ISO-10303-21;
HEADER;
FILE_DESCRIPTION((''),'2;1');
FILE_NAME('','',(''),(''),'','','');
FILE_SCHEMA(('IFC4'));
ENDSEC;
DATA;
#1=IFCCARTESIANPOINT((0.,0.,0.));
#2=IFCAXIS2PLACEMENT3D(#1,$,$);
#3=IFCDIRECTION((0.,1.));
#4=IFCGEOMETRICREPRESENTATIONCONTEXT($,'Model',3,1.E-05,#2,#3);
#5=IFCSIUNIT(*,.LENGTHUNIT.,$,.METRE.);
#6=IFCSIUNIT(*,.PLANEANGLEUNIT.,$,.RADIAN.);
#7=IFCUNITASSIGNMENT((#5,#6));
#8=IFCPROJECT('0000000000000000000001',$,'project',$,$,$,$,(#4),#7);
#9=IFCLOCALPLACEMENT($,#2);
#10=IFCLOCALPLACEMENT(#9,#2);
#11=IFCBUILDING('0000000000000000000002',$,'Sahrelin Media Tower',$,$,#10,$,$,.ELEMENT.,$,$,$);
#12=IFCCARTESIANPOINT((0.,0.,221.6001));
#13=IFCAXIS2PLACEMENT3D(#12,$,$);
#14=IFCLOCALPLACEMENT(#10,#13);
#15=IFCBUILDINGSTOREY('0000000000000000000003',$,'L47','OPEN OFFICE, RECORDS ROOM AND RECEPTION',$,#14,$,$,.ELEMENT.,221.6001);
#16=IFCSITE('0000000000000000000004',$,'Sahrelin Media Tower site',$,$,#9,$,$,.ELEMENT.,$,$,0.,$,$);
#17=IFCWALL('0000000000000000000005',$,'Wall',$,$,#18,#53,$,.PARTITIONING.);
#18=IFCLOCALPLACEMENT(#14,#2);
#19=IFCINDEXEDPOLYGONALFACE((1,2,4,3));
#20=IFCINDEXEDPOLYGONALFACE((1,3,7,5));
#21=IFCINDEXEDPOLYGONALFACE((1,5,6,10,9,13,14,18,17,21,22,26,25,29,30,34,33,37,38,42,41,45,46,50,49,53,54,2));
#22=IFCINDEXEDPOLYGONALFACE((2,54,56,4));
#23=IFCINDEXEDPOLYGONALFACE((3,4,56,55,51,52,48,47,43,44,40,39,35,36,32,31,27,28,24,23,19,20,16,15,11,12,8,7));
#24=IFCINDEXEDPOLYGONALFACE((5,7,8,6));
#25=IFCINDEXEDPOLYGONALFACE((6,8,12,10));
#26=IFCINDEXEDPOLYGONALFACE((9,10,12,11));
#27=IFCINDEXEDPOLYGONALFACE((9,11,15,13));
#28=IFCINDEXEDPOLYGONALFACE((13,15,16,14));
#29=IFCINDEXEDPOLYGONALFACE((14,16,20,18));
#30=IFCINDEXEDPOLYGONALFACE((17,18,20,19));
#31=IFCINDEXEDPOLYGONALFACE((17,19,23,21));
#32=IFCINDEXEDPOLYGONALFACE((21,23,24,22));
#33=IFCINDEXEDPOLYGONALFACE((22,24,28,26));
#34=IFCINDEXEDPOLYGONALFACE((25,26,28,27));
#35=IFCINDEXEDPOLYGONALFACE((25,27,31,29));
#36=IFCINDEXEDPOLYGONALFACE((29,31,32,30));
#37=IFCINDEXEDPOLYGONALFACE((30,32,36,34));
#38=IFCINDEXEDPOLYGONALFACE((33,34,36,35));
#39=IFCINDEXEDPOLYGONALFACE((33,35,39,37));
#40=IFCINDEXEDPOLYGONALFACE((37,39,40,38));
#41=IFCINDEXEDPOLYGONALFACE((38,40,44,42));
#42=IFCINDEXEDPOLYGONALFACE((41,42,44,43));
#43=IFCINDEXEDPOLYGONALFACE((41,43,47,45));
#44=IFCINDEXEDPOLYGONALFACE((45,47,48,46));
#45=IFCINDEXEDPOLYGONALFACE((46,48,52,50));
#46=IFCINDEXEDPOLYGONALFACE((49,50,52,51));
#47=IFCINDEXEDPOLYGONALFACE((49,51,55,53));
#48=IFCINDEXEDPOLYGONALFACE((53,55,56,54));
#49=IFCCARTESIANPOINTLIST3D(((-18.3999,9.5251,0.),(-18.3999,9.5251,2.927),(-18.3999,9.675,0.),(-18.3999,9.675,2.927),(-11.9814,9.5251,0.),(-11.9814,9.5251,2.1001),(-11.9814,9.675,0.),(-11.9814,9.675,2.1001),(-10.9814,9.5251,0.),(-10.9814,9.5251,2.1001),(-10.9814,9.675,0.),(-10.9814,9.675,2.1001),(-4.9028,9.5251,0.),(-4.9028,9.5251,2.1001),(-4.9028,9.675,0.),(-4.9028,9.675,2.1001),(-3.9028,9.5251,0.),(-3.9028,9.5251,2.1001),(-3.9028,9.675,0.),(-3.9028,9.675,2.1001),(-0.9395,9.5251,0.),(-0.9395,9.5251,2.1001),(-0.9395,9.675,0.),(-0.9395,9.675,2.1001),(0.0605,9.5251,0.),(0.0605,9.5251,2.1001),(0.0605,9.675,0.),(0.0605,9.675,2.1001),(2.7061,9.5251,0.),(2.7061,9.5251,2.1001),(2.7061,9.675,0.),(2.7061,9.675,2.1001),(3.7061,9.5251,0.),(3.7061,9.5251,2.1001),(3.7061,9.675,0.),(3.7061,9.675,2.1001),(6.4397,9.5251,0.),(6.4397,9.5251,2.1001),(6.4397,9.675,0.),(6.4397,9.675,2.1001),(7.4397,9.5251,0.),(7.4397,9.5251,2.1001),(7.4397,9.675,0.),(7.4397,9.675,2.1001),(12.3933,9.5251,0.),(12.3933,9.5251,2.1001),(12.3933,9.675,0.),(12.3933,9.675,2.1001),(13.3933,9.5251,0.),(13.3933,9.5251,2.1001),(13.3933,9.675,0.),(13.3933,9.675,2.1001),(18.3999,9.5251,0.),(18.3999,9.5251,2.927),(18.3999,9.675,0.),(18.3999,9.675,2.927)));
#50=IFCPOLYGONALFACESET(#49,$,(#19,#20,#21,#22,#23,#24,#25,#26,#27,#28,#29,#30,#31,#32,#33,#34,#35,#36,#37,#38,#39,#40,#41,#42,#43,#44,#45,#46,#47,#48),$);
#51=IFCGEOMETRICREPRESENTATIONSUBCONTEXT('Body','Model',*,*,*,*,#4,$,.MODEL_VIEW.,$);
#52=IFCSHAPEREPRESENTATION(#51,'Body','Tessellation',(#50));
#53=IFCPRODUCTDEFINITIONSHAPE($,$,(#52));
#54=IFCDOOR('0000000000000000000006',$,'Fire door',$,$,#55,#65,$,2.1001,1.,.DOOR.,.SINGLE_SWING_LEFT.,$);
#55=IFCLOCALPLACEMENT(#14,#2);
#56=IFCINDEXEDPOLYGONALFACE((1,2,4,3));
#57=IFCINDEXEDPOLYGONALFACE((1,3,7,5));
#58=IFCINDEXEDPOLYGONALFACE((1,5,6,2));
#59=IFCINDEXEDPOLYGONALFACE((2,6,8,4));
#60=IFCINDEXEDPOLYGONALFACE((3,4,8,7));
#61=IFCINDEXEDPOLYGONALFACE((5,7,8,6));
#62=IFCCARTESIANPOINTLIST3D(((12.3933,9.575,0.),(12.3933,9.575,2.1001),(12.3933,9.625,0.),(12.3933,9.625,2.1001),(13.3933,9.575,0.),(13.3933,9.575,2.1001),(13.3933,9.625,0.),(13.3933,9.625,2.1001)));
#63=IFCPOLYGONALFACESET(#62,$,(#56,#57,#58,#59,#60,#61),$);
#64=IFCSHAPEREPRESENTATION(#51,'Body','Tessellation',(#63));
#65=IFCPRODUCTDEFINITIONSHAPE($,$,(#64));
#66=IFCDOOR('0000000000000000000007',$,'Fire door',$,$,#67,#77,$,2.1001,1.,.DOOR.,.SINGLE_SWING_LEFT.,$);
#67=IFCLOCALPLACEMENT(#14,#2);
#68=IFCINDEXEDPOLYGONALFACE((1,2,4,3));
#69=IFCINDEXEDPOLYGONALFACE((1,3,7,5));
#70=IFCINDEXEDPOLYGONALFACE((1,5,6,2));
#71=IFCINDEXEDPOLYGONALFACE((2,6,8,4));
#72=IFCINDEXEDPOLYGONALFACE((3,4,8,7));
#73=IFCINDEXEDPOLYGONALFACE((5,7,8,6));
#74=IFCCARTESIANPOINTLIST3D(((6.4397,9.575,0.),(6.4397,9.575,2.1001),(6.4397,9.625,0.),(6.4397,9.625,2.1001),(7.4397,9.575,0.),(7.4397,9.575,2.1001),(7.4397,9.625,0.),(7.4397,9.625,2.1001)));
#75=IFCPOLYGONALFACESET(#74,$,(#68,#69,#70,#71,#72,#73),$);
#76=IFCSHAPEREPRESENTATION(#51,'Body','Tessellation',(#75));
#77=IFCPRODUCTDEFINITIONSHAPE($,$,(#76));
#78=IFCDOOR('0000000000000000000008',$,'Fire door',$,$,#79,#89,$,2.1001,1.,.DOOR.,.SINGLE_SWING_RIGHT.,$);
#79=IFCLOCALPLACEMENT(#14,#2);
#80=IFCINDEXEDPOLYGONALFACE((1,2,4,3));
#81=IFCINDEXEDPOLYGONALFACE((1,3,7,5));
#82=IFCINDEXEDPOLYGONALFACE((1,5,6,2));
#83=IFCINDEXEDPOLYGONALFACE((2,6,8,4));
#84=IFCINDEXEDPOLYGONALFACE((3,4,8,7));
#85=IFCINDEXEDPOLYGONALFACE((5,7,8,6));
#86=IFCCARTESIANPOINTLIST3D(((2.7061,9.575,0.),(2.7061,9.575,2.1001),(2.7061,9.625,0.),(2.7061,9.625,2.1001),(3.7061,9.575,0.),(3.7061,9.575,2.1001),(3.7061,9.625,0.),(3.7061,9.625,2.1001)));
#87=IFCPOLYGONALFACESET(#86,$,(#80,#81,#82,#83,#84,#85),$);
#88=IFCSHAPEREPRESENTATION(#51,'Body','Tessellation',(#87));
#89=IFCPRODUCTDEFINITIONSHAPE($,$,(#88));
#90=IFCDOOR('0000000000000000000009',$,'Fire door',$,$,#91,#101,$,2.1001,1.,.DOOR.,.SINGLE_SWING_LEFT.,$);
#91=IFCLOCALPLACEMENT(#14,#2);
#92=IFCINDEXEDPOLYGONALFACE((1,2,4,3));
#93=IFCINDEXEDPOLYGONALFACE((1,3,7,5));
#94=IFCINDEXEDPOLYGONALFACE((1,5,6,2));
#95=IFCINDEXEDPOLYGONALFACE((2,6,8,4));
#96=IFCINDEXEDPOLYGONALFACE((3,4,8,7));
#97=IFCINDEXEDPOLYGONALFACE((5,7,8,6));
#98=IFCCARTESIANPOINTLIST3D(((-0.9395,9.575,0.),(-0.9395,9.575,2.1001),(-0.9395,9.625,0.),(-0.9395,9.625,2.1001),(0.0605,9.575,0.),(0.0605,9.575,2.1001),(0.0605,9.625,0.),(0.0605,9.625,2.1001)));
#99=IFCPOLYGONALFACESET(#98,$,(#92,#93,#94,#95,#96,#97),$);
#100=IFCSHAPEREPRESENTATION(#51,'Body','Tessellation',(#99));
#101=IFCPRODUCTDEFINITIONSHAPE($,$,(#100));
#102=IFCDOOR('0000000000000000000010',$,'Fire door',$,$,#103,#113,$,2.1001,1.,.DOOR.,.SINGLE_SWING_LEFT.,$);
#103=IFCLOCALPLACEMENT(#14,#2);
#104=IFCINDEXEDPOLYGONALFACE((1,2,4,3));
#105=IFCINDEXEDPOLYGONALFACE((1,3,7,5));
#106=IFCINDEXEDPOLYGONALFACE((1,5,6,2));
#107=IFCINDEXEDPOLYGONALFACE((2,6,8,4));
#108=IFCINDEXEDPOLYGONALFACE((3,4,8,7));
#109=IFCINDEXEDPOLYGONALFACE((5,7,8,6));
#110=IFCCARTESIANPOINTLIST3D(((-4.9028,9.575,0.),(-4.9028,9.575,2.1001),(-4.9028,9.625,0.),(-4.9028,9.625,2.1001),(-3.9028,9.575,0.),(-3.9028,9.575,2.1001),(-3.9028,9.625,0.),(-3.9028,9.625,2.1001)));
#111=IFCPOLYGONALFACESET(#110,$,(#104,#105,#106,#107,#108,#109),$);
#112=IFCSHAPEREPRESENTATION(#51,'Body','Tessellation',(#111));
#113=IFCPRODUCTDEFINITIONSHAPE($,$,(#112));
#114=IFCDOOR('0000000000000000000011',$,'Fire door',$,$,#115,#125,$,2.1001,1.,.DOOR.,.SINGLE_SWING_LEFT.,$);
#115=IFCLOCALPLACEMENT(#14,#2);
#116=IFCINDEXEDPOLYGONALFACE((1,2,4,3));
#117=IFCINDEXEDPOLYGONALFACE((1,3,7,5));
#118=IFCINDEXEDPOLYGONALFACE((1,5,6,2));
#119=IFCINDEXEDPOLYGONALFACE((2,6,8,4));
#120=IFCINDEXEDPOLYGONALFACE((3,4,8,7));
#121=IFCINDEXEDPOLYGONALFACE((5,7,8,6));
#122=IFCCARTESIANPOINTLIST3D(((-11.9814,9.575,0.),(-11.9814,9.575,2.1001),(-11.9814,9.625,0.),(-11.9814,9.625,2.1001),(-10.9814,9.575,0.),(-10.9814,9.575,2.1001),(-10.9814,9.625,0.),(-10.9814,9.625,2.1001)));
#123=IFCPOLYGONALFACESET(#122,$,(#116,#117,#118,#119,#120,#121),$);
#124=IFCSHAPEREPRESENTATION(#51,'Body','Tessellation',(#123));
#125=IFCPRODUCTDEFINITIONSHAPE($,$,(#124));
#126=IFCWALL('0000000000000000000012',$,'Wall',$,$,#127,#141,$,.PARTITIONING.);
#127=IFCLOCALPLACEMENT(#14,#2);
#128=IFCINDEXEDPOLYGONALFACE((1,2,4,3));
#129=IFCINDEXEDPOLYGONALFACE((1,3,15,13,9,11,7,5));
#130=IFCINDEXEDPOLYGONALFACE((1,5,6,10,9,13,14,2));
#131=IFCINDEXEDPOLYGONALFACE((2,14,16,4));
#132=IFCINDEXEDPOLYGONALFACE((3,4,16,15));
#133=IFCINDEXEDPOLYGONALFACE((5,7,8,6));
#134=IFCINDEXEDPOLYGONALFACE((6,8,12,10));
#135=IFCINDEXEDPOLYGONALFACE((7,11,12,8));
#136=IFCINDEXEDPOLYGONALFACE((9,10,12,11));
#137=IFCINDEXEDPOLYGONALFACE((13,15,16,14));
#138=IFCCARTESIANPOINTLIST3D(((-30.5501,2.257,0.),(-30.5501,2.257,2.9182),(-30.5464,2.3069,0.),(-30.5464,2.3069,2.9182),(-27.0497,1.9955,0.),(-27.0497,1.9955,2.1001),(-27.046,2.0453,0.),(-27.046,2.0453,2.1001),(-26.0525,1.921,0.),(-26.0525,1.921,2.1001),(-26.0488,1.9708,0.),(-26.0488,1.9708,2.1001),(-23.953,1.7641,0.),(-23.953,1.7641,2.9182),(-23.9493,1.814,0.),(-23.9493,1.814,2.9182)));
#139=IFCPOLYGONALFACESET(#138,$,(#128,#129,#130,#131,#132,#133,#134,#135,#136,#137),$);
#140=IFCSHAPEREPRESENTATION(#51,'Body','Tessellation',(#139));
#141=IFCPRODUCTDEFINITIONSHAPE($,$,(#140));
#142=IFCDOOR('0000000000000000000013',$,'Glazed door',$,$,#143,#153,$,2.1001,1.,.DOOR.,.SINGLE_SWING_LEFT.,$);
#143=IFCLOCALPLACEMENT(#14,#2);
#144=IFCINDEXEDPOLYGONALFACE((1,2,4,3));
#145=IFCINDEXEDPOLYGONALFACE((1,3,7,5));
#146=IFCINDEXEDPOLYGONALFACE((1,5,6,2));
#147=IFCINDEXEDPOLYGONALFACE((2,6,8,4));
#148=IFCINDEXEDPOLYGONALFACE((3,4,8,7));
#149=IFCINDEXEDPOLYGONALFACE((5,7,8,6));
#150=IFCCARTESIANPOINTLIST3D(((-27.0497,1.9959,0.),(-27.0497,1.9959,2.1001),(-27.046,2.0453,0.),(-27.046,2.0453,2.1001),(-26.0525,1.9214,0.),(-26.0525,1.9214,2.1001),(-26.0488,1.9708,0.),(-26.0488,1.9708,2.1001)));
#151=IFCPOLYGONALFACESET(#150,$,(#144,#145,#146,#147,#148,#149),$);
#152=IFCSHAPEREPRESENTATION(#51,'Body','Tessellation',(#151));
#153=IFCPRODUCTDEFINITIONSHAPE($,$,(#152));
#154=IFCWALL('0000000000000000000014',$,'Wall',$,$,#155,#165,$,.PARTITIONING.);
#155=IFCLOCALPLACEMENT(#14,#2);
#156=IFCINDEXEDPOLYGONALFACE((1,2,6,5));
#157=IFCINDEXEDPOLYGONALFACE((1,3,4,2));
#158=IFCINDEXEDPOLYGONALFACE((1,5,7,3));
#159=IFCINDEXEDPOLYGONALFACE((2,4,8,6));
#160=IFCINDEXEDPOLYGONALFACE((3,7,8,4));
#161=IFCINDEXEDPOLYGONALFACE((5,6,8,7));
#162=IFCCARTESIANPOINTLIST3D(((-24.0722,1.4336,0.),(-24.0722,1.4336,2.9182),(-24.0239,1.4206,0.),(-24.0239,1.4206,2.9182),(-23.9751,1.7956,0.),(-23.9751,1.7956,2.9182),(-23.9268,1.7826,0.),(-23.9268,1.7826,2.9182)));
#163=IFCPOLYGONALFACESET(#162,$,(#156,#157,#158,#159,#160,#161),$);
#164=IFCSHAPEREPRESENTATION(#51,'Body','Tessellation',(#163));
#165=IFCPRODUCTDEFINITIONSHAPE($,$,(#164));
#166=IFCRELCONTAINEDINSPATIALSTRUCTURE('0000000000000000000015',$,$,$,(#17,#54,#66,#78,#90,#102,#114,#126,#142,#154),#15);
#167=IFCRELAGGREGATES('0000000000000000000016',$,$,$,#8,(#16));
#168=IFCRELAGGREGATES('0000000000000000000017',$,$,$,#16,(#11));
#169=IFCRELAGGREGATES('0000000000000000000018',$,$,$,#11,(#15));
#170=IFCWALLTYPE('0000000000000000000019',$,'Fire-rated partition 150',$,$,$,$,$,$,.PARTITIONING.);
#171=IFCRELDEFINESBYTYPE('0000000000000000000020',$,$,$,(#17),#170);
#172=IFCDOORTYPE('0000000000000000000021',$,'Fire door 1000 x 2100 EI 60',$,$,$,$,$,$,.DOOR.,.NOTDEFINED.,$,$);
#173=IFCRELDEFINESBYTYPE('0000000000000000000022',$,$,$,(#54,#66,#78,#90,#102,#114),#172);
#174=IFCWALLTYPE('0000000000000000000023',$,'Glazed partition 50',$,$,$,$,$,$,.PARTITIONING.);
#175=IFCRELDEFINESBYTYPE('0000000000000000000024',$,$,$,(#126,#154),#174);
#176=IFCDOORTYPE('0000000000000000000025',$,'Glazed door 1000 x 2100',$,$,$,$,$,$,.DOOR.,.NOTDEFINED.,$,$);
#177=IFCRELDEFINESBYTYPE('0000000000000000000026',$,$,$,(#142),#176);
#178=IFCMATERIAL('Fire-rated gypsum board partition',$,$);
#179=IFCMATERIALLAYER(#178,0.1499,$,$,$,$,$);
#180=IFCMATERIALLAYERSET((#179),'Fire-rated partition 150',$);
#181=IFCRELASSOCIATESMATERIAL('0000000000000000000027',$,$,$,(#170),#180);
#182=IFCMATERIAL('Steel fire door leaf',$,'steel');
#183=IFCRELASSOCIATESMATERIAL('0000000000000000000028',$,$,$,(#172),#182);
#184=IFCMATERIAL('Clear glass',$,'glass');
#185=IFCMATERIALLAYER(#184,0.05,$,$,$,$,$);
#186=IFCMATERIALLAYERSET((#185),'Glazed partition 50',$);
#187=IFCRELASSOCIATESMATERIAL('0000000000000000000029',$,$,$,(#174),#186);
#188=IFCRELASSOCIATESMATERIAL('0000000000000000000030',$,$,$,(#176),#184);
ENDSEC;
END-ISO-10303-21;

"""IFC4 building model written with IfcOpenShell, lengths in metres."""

from ifc_helpers import new_model, si_unit, direction, frame, frame_2d, origin, place, context, subcontext, project, spatial, rectangle, extrude, material, layer, layer_set, type_object, element, fill, save


model = new_model("IFC4")

# Units and contexts
model_context = context("Model", 3, precision=1e-05, world=origin(), true_north=direction((0.0, 1.0)))
body_context = subcontext(model_context, "Body", "Model", "MODEL_VIEW")
ifc_project = project(units=[si_unit("LENGTHUNIT", "METRE"), si_unit("PLANEANGLEUNIT", "RADIAN")], contexts=[model_context])

# Site, building, storey
site_placement = place(None, origin())
site = spatial("IfcSite", under=ifc_project, at=site_placement, Name="Sahrelin Media Tower site", CompositionType="ELEMENT", RefElevation=0.0)
building_placement = place(site_placement, origin())
building = spatial("IfcBuilding", under=site, at=building_placement, Name="Sahrelin Media Tower", CompositionType="ELEMENT")
storey_placement = place(building_placement, frame((0.0, 0.0, 221.6001)))
storey = spatial("IfcBuildingStorey", under=building, at=storey_placement, Name="L47", Description="OPEN OFFICE, RECORDS ROOM AND RECEPTION", CompositionType="ELEMENT", Elevation=221.6001)

# Shared definitions
ifc_material_1 = material(Name="Fire-rated gypsum board partition")
ifc_layer_1 = layer(ifc_material_1, 0.1499)
ifc_layer_set_1 = layer_set([ifc_layer_1], Name="Fire-rated partition 150")
wall_type_1 = type_object("IfcWallType", Name="Fire-rated partition 150", PredefinedType="PARTITIONING", material=ifc_layer_set_1)

# Wall, openings, doors
wall_1_placement = place(storey_placement, frame((-18.3999, 9.6001, 0.0), z_axis=(0.0, 0.0, 1.0), x_axis=(1.0, 0.0, 0.0)))
wall_1 = element("IfcWall", 1, at=wall_1_placement, inside=storey, type_object=wall_type_1, Name="Wall", PredefinedType="PARTITIONING", context=body_context, shape_type="SweptSolid", body=[
    extrude(rectangle(XDim=36.7998, YDim=0.1499, at=frame_2d((18.3999, 0.0))), origin(), (0.0, 0.0, 1.0), 2.927),
])
opening_1_placement = place(wall_1_placement, frame((30.7932, 0.0, 0.0)))
opening_1 = element("IfcOpeningElement", 2, at=opening_1_placement, cuts=wall_1, PredefinedType="OPENING", context=body_context, shape_type="SweptSolid", body=[
    extrude(rectangle(XDim=1.0, YDim=2.1001, at=frame_2d((0.5, 1.05))), frame((0.0, 0.075, 0.0), z_axis=(0.0, -1.0, 0.0), x_axis=(1.0, 0.0, 0.0)), (0.0, 0.0, 1.0), 0.1499),
])
opening_2_placement = place(wall_1_placement, frame((24.8396, 0.0, 0.0)))
opening_2 = element("IfcOpeningElement", 3, at=opening_2_placement, cuts=wall_1, PredefinedType="OPENING", context=body_context, shape_type="SweptSolid", body=[
    extrude(rectangle(XDim=1.0, YDim=2.1001, at=frame_2d((0.5, 1.05))), frame((0.0, 0.075, 0.0), z_axis=(0.0, -1.0, 0.0), x_axis=(1.0, 0.0, 0.0)), (0.0, 0.0, 1.0), 0.1499),
])
opening_3_placement = place(wall_1_placement, frame((21.106, 0.0, 0.0)))
opening_3 = element("IfcOpeningElement", 4, at=opening_3_placement, cuts=wall_1, PredefinedType="OPENING", context=body_context, shape_type="SweptSolid", body=[
    extrude(rectangle(XDim=1.0, YDim=2.1001, at=frame_2d((0.5, 1.05))), frame((0.0, 0.075, 0.0), z_axis=(0.0, -1.0, 0.0), x_axis=(1.0, 0.0, 0.0)), (0.0, 0.0, 1.0), 0.1499),
])
opening_4_placement = place(wall_1_placement, frame((17.4604, 0.0, 0.0)))
opening_4 = element("IfcOpeningElement", 5, at=opening_4_placement, cuts=wall_1, PredefinedType="OPENING", context=body_context, shape_type="SweptSolid", body=[
    extrude(rectangle(XDim=1.0, YDim=2.1001, at=frame_2d((0.5, 1.05))), frame((0.0, 0.075, 0.0), z_axis=(0.0, -1.0, 0.0), x_axis=(1.0, 0.0, 0.0)), (0.0, 0.0, 1.0), 0.1499),
])
opening_5_placement = place(wall_1_placement, frame((13.4971, 0.0, 0.0)))
opening_5 = element("IfcOpeningElement", 6, at=opening_5_placement, cuts=wall_1, PredefinedType="OPENING", context=body_context, shape_type="SweptSolid", body=[
    extrude(rectangle(XDim=1.0, YDim=2.1001, at=frame_2d((0.5, 1.05))), frame((0.0, 0.075, 0.0), z_axis=(0.0, -1.0, 0.0), x_axis=(1.0, 0.0, 0.0)), (0.0, 0.0, 1.0), 0.1499),
])
opening_6_placement = place(wall_1_placement, frame((6.4185, 0.0, 0.0)))
opening_6 = element("IfcOpeningElement", 7, at=opening_6_placement, cuts=wall_1, PredefinedType="OPENING", context=body_context, shape_type="SweptSolid", body=[
    extrude(rectangle(XDim=1.0, YDim=2.1001, at=frame_2d((0.5, 1.05))), frame((0.0, 0.075, 0.0), z_axis=(0.0, -1.0, 0.0), x_axis=(1.0, 0.0, 0.0)), (0.0, 0.0, 1.0), 0.1499),
])
ifc_material_2 = material(Name="Steel fire door leaf", Category="steel")
door_type_1 = type_object("IfcDoorType", Name="Fire door 1000 x 2100 EI 60", OperationType="NOTDEFINED", PredefinedType="DOOR", material=ifc_material_2)
door_1_placement = place(opening_1_placement, origin())
door_1 = element("IfcDoor", 8, at=door_1_placement, inside=storey, type_object=door_type_1, Name="Fire door", OperationType="SINGLE_SWING_LEFT", OverallHeight=2.1001, OverallWidth=1.0, PredefinedType="DOOR", context=body_context, shape_type="SweptSolid", body=[
    extrude(rectangle(XDim=1.0, YDim=2.1001, at=frame_2d((0.5, 1.05))), frame((0.0, 0.0249, 0.0), z_axis=(0.0, -1.0, 0.0), x_axis=(1.0, 0.0, 0.0)), (0.0, 0.0, 1.0), 0.05),
])
fill(opening_1, door_1)
door_2_placement = place(opening_2_placement, origin())
door_2 = element("IfcDoor", 9, at=door_2_placement, inside=storey, type_object=door_type_1, Name="Fire door", OperationType="SINGLE_SWING_LEFT", OverallHeight=2.1001, OverallWidth=1.0, PredefinedType="DOOR", context=body_context, shape_type="SweptSolid", body=[
    extrude(rectangle(XDim=1.0, YDim=2.1001, at=frame_2d((0.5, 1.05))), frame((0.0, 0.0249, 0.0), z_axis=(0.0, -1.0, 0.0), x_axis=(1.0, 0.0, 0.0)), (0.0, 0.0, 1.0), 0.05),
])
fill(opening_2, door_2)
door_3_placement = place(opening_3_placement, origin())
door_3 = element("IfcDoor", 10, at=door_3_placement, inside=storey, type_object=door_type_1, Name="Fire door", OperationType="SINGLE_SWING_RIGHT", OverallHeight=2.1001, OverallWidth=1.0, PredefinedType="DOOR", context=body_context, shape_type="SweptSolid", body=[
    extrude(rectangle(XDim=1.0, YDim=2.1001, at=frame_2d((0.5, 1.05))), frame((0.0, 0.0249, 0.0), z_axis=(0.0, -1.0, 0.0), x_axis=(1.0, 0.0, 0.0)), (0.0, 0.0, 1.0), 0.05),
])
fill(opening_3, door_3)
door_4_placement = place(opening_4_placement, origin())
door_4 = element("IfcDoor", 11, at=door_4_placement, inside=storey, type_object=door_type_1, Name="Fire door", OperationType="SINGLE_SWING_LEFT", OverallHeight=2.1001, OverallWidth=1.0, PredefinedType="DOOR", context=body_context, shape_type="SweptSolid", body=[
    extrude(rectangle(XDim=1.0, YDim=2.1001, at=frame_2d((0.5, 1.05))), frame((0.0, 0.0249, 0.0), z_axis=(0.0, -1.0, 0.0), x_axis=(1.0, 0.0, 0.0)), (0.0, 0.0, 1.0), 0.05),
])
fill(opening_4, door_4)
door_5_placement = place(opening_5_placement, origin())
door_5 = element("IfcDoor", 12, at=door_5_placement, inside=storey, type_object=door_type_1, Name="Fire door", OperationType="SINGLE_SWING_LEFT", OverallHeight=2.1001, OverallWidth=1.0, PredefinedType="DOOR", context=body_context, shape_type="SweptSolid", body=[
    extrude(rectangle(XDim=1.0, YDim=2.1001, at=frame_2d((0.5, 1.05))), frame((0.0, 0.0249, 0.0), z_axis=(0.0, -1.0, 0.0), x_axis=(1.0, 0.0, 0.0)), (0.0, 0.0, 1.0), 0.05),
])
fill(opening_5, door_5)
door_6_placement = place(opening_6_placement, origin())
door_6 = element("IfcDoor", 13, at=door_6_placement, inside=storey, type_object=door_type_1, Name="Fire door", OperationType="SINGLE_SWING_LEFT", OverallHeight=2.1001, OverallWidth=1.0, PredefinedType="DOOR", context=body_context, shape_type="SweptSolid", body=[
    extrude(rectangle(XDim=1.0, YDim=2.1001, at=frame_2d((0.5, 1.05))), frame((0.0, 0.0249, 0.0), z_axis=(0.0, -1.0, 0.0), x_axis=(1.0, 0.0, 0.0)), (0.0, 0.0, 1.0), 0.05),
])
fill(opening_6, door_6)

# Wall, opening, door
ifc_material_3 = material(Name="Clear glass", Category="glass")
ifc_layer_2 = layer(ifc_material_3, 0.05)
ifc_layer_set_2 = layer_set([ifc_layer_2], Name="Glazed partition 50")
wall_type_2 = type_object("IfcWallType", Name="Glazed partition 50", PredefinedType="PARTITIONING", material=ifc_layer_set_2)
wall_2_placement = place(storey_placement, frame((-30.5481, 2.282, 0.0), z_axis=(0.0, 0.0, 1.0), x_axis=(0.99722, -0.074509, 0.0)))
wall_2 = element("IfcWall", 14, at=wall_2_placement, inside=storey, type_object=wall_type_2, Name="Wall", PredefinedType="PARTITIONING", context=body_context, shape_type="SweptSolid", body=[
    extrude(rectangle(XDim=6.6155, YDim=0.05, at=frame_2d((3.3076, 0.0))), origin(), (0.0, 0.0, 1.0), 2.9182),
])
opening_7_placement = place(wall_2_placement, frame((3.51, 0.0, 0.0)))
opening_7 = element("IfcOpeningElement", 15, at=opening_7_placement, cuts=wall_2, PredefinedType="OPENING", context=body_context, shape_type="SweptSolid", body=[
    extrude(rectangle(XDim=1.0, YDim=2.1001, at=frame_2d((0.5, 1.05))), frame((0.0, 0.0249, 0.0), z_axis=(0.0, -1.0, 0.0), x_axis=(1.0, 0.0, 0.0)), (0.0, 0.0, 1.0), 0.05),
])
door_type_2 = type_object("IfcDoorType", Name="Glazed door 1000 x 2100", OperationType="NOTDEFINED", PredefinedType="DOOR", material=ifc_material_3)
door_7_placement = place(opening_7_placement, origin())
door_7 = element("IfcDoor", 16, at=door_7_placement, inside=storey, type_object=door_type_2, Name="Glazed door", OperationType="SINGLE_SWING_LEFT", OverallHeight=2.1001, OverallWidth=1.0, PredefinedType="DOOR", context=body_context, shape_type="SweptSolid", body=[
    extrude(rectangle(XDim=1.0, YDim=2.1001, at=frame_2d((0.5, 1.05))), frame((0.0, 0.0249, 0.0), z_axis=(0.0, -1.0, 0.0), x_axis=(1.0, 0.0, 0.0)), (0.0, 0.0, 1.0), 0.0496),
])
fill(opening_7, door_7)

# Wall
wall_3_placement = place(storey_placement, frame((-24.0481, 1.427, 0.0), z_axis=(0.0, 0.0, 1.0), x_axis=(0.259203, 0.965823, 0.0)))
element("IfcWall", 17, at=wall_3_placement, inside=storey, type_object=wall_type_2, Name="Wall", PredefinedType="PARTITIONING", context=body_context, shape_type="SweptSolid", body=[
    extrude(rectangle(XDim=0.3748, YDim=0.05, at=frame_2d((0.1875, 0.0))), origin(), (0.0, 0.0, 1.0), 2.9182),
])

save(model, "model.ifc")
